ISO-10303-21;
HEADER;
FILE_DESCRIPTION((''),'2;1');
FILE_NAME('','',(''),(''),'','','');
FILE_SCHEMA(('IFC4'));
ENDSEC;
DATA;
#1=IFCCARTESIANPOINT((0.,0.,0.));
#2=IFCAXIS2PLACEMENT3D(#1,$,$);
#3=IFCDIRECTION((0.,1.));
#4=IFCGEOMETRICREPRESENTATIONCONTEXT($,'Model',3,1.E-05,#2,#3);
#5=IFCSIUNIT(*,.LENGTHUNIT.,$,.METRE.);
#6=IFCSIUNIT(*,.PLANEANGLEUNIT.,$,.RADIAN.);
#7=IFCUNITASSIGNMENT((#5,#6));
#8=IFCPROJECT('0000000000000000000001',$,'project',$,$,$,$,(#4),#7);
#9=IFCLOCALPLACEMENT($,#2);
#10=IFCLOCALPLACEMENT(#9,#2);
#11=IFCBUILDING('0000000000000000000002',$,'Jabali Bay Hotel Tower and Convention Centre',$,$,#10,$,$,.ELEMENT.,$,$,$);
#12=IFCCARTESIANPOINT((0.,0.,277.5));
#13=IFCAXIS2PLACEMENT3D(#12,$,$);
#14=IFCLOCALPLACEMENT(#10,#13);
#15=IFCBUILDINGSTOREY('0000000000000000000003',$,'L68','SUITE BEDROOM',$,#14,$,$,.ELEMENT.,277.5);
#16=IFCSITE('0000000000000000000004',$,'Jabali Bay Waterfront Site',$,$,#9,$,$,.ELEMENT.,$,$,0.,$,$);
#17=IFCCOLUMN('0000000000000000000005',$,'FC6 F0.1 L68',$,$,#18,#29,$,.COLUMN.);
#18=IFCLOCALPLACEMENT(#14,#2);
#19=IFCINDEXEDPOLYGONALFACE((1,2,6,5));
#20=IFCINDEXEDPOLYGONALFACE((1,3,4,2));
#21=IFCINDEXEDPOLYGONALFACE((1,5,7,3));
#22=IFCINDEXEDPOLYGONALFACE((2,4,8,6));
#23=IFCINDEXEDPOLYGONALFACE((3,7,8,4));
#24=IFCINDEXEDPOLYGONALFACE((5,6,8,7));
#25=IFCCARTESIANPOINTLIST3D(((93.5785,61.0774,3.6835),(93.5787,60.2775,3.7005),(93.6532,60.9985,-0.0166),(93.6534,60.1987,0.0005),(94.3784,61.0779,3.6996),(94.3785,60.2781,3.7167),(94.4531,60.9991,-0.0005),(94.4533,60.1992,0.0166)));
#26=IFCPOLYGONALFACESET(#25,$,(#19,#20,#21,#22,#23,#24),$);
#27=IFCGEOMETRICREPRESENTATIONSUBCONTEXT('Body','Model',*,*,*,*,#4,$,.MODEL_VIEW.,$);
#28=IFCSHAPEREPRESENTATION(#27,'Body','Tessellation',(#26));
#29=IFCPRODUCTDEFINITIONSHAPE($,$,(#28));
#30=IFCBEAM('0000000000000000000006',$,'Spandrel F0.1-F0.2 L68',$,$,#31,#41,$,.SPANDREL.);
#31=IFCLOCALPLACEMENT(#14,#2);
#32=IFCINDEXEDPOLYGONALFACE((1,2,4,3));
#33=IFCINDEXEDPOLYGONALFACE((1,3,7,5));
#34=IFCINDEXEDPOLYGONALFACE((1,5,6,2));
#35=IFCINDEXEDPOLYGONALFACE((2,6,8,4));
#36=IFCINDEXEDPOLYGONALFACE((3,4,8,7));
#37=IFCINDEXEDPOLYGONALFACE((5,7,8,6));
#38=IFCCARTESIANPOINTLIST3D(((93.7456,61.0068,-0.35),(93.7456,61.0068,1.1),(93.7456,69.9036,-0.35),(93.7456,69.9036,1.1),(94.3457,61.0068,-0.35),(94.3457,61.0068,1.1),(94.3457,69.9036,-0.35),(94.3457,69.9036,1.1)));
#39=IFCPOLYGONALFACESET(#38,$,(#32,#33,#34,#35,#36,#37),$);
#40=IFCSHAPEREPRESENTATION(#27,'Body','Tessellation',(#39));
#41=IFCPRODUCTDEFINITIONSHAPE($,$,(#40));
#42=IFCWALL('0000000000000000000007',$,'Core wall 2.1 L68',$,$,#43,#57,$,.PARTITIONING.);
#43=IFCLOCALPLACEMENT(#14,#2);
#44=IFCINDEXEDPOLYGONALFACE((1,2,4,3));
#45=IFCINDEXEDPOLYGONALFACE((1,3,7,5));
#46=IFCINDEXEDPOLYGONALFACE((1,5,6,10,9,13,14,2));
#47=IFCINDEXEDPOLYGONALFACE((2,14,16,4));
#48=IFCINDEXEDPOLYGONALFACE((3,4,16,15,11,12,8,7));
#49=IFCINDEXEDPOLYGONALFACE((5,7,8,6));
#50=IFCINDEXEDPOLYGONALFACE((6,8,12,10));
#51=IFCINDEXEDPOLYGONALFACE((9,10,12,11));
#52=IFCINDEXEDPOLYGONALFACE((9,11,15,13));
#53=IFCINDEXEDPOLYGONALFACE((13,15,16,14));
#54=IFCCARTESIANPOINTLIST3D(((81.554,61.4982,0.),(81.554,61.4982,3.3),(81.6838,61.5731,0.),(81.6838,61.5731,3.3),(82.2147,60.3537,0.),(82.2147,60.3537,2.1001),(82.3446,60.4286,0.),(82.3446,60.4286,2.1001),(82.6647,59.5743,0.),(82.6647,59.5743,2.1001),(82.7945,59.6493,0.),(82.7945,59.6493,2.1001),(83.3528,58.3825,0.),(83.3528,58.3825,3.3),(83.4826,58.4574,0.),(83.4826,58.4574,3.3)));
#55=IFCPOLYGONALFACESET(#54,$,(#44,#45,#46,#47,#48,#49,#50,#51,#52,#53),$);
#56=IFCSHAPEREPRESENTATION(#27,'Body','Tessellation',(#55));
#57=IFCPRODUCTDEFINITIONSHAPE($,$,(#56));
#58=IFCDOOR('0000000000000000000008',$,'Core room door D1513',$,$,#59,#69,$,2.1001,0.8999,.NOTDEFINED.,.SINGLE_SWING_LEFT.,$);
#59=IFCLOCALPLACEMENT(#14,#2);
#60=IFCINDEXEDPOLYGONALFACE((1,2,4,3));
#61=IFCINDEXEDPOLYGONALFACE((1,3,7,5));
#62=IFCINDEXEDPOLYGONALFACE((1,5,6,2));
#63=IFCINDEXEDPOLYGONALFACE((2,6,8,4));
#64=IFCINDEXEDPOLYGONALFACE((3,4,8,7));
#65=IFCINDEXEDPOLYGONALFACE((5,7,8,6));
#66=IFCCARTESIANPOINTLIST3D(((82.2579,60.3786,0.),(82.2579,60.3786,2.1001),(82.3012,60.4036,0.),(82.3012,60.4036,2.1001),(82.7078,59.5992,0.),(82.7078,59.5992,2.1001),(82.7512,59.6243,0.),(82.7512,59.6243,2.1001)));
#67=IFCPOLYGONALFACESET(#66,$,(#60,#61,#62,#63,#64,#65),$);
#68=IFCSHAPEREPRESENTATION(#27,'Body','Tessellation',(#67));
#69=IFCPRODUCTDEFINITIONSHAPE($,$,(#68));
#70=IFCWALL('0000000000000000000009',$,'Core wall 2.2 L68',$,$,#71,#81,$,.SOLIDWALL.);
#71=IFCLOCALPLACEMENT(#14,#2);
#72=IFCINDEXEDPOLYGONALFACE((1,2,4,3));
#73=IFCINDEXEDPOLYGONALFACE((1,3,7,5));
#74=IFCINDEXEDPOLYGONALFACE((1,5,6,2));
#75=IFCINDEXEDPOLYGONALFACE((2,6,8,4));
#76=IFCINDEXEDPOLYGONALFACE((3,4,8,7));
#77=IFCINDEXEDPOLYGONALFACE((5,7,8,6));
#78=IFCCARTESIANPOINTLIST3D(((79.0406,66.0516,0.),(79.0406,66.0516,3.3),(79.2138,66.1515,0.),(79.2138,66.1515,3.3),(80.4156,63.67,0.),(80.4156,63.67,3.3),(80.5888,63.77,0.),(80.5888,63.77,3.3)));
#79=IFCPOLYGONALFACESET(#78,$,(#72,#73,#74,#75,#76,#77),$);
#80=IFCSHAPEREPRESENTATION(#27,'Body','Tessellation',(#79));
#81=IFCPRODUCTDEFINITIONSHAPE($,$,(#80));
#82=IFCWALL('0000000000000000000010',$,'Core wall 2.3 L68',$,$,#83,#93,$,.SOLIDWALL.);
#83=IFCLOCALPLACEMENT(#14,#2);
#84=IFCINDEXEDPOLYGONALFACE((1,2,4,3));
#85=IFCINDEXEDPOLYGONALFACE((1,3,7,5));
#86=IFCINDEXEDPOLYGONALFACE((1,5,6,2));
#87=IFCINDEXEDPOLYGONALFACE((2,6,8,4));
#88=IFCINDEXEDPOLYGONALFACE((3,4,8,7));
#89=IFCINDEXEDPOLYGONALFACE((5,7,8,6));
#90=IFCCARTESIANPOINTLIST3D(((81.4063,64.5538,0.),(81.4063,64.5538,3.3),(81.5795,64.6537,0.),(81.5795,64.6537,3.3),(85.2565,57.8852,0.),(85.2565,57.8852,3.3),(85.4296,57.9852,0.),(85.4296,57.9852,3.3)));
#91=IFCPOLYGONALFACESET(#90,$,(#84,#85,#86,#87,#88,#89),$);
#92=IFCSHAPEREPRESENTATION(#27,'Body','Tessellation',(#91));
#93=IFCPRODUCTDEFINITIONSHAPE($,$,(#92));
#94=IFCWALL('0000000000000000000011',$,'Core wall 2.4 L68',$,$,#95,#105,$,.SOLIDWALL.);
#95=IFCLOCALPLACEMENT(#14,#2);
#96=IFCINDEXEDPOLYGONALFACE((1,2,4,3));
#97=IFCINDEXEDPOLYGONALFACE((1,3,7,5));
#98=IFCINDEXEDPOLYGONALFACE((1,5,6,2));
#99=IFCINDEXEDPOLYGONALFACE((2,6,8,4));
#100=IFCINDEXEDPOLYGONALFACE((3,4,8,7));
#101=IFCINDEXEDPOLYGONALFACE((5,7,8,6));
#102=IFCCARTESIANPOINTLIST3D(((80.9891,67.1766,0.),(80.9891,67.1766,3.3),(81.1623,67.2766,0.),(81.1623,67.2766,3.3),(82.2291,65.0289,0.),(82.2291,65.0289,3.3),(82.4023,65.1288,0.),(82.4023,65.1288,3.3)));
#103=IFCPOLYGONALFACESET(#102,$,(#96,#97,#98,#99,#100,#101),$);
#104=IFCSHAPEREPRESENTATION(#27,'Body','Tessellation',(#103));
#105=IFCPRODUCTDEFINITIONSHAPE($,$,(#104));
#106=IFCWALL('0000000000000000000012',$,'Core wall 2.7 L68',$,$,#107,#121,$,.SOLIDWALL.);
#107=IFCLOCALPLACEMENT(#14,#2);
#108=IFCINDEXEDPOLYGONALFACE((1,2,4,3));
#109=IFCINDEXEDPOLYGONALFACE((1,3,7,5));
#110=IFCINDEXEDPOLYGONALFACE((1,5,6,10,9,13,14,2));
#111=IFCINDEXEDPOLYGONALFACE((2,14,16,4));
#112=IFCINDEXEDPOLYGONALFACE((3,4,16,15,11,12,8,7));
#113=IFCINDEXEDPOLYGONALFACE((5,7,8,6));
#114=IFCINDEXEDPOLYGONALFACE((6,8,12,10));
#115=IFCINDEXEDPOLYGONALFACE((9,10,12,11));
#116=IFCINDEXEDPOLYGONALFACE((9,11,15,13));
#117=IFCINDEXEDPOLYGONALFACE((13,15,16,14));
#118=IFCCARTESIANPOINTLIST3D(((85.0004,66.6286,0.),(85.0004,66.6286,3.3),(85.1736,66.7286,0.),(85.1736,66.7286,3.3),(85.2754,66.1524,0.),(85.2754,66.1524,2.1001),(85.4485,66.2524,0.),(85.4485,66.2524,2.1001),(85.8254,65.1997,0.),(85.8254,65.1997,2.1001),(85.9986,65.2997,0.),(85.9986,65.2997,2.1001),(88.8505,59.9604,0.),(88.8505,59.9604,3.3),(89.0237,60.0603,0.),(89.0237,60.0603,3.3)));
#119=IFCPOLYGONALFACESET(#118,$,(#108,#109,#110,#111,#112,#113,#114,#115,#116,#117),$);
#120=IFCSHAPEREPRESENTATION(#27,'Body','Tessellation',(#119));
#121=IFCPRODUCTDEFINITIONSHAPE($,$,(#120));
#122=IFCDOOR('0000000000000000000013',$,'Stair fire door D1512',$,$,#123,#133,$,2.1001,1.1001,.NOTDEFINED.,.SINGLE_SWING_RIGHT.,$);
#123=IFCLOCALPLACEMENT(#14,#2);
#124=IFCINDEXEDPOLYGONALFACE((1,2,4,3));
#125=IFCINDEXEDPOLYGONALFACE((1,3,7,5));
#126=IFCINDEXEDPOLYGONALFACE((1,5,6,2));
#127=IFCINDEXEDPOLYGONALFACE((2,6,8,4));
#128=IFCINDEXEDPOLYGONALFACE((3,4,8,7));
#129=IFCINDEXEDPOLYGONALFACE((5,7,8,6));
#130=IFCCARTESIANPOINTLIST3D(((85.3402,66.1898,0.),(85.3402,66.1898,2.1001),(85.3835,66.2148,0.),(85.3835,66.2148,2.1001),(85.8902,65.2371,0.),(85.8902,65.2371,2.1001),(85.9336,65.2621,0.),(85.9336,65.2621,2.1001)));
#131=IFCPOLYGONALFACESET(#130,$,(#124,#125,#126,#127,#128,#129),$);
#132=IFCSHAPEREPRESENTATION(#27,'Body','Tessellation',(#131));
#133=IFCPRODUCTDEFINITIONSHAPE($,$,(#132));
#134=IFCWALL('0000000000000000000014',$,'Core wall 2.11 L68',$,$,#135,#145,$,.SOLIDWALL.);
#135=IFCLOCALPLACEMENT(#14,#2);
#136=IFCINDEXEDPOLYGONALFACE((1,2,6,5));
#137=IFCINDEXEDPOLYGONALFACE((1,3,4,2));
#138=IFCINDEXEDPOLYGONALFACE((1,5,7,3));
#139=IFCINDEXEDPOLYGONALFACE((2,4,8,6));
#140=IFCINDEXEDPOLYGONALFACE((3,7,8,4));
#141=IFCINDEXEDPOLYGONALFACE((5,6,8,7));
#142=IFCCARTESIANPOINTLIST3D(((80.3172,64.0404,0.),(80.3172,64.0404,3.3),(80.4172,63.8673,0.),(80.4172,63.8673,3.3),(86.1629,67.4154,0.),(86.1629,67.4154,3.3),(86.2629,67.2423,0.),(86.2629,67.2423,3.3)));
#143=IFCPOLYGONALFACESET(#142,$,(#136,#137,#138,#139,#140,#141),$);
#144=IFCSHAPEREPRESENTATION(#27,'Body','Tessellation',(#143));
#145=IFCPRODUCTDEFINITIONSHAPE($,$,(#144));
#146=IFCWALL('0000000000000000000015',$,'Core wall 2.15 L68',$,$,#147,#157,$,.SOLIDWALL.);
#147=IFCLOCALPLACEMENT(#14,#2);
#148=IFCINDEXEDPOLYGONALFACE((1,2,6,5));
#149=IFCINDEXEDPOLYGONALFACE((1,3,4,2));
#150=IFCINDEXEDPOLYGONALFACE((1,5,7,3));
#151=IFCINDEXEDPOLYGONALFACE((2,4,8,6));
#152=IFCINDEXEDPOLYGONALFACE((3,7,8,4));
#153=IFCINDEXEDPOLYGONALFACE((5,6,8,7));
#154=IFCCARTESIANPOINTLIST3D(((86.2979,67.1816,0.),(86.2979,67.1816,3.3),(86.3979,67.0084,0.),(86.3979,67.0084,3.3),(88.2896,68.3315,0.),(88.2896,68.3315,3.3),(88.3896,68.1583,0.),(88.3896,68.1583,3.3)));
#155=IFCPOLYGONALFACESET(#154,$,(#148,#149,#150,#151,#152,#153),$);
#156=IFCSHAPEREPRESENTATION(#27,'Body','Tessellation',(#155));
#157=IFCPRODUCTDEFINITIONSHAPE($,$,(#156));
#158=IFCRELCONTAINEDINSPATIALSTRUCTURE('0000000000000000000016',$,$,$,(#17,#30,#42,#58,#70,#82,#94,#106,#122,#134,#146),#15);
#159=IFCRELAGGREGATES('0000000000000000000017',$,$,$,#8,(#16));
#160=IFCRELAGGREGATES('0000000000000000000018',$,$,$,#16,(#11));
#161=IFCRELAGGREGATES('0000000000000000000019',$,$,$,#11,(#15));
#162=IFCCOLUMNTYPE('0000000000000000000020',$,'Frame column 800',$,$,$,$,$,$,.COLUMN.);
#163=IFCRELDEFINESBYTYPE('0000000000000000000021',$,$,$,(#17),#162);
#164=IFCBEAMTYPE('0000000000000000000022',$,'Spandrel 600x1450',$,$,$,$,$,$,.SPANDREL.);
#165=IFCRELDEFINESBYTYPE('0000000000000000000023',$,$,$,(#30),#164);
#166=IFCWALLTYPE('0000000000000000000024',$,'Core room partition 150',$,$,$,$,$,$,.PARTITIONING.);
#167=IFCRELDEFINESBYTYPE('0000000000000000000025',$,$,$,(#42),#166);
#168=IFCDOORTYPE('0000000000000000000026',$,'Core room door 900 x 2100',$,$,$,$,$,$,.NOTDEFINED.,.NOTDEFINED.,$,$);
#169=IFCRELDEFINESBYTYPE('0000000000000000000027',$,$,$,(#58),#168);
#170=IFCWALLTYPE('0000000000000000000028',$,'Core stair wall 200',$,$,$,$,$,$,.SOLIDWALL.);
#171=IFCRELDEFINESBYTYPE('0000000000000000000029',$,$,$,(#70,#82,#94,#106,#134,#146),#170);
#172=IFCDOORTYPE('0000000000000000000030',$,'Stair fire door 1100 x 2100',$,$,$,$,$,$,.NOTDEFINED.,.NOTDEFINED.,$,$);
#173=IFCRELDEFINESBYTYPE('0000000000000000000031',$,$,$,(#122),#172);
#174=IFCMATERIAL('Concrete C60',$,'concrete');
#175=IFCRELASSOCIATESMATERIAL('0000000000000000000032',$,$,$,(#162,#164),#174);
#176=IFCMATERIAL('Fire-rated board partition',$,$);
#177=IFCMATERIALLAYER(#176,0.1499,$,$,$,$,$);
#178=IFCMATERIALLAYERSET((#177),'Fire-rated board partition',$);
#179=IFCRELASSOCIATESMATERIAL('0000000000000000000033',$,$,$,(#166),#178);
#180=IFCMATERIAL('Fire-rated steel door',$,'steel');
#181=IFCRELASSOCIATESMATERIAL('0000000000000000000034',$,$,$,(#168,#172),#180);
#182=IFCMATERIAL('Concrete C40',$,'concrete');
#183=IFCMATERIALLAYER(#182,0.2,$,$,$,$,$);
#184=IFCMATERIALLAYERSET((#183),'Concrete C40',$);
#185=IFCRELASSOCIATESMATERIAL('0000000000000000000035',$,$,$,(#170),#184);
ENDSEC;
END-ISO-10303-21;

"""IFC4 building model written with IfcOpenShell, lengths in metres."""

from ifc_helpers import new_model, si_unit, direction, frame, frame_2d, origin, origin_2d, place, context, subcontext, project, spatial, rectangle, extrude, material, layer, layer_set, material_profile, profile_set, type_object, element, fill, save


model = new_model("IFC4")

# Units and contexts
model_context = context("Model", 3, precision=1e-05, world=origin(), true_north=direction((0.0, 1.0)))
body_context = subcontext(model_context, "Body", "Model", "MODEL_VIEW")
ifc_project = project(units=[si_unit("LENGTHUNIT", "METRE"), si_unit("PLANEANGLEUNIT", "RADIAN")], contexts=[model_context])

# Site, building, storey
site_placement = place(None, origin())
site = spatial("IfcSite", under=ifc_project, at=site_placement, Name="Jabali Bay Waterfront Site", CompositionType="ELEMENT", RefElevation=0.0)
building_placement = place(site_placement, origin())
building = spatial("IfcBuilding", under=site, at=building_placement, Name="Jabali Bay Hotel Tower and Convention Centre", CompositionType="ELEMENT")
storey_placement = place(building_placement, frame((0.0, 0.0, 277.5)))
storey = spatial("IfcBuildingStorey", under=building, at=storey_placement, Name="L68", Description="SUITE BEDROOM", CompositionType="ELEMENT", Elevation=277.5)

# Column
ifc_material_1 = material(Name="Concrete C60", Category="concrete")
ifc_material_profile_1 = material_profile(ifc_material_1, rectangle(XDim=0.8, YDim=0.8, at=origin_2d()), Name="Frame column 800")
ifc_profile_set_1 = profile_set([ifc_material_profile_1], Name="Concrete C60")
column_type = type_object("IfcColumnType", Name="Frame column 800", PredefinedType="COLUMN", material=ifc_profile_set_1)
column_placement = place(storey_placement, frame((94.0532, 60.5989, 0.0), z_axis=(-0.020183, 0.021304, 0.999569), x_axis=(0.000222, -0.999773, 0.021313)))
element("IfcColumn", 1, at=column_placement, inside=storey, type_object=column_type, Name="FC6 F0.1 L68", PredefinedType="COLUMN", context=body_context, shape_type="SweptSolid", body=[
    extrude(rectangle(XDim=0.8, YDim=0.8, at=origin_2d()), origin(), (0.0, 0.0, 1.0), 3.7017),
])

# Beam
ifc_material_profile_2 = material_profile(ifc_material_1, rectangle(XDim=0.6001, YDim=1.45, at=origin_2d()), Name="Spandrel 600x1450")
ifc_profile_set_2 = profile_set([ifc_material_profile_2], Name="Concrete C60")
beam_type = type_object("IfcBeamType", Name="Spandrel 600x1450", PredefinedType="SPANDREL", material=ifc_profile_set_2)
beam_placement = place(storey_placement, frame((94.0457, 61.0068, 0.375), z_axis=(0.0, 1.0, 0.0), x_axis=(-1.0, 0.0, 0.0)))
element("IfcBeam", 2, at=beam_placement, inside=storey, type_object=beam_type, Name="Spandrel F0.1-F0.2 L68", PredefinedType="SPANDREL", context=body_context, shape_type="SweptSolid", body=[
    extrude(rectangle(XDim=0.6001, YDim=1.45, at=origin_2d()), origin(), (0.0, 0.0, 1.0), 8.8967),
])

# Wall, opening, door
ifc_material_2 = material(Name="Fire-rated board partition")
ifc_layer_1 = layer(ifc_material_2, 0.1499)
ifc_layer_set_1 = layer_set([ifc_layer_1], Name="Fire-rated board partition")
wall_type_1 = type_object("IfcWallType", Name="Core room partition 150", PredefinedType="PARTITIONING", material=ifc_layer_set_1)
wall_1_placement = place(storey_placement, frame((81.6189, 61.5356, 0.0), z_axis=(0.0, 0.0, 1.0), x_axis=(0.499993, -0.86603, 0.0)))
wall_1 = element("IfcWall", 3, at=wall_1_placement, inside=storey, type_object=wall_type_1, Name="Core wall 2.1 L68", PredefinedType="PARTITIONING", context=body_context, shape_type="SweptSolid", body=[
    extrude(rectangle(XDim=3.5977, YDim=0.1499, at=frame_2d((1.7988, 0.0))), origin(), (0.0, 0.0, 1.0), 3.3),
])
opening_1_placement = place(wall_1_placement, frame((1.3215, 0.0, 0.0)))
opening_1 = element("IfcOpeningElement", 4, at=opening_1_placement, cuts=wall_1, PredefinedType="OPENING", context=body_context, shape_type="SweptSolid", body=[
    extrude(rectangle(XDim=0.8999, YDim=2.1001, at=frame_2d((0.45, 1.05))), frame((0.0, 0.0854, 0.0), z_axis=(0.0, -1.0, 0.0), x_axis=(1.0, 0.0, 0.0)), (0.0, 0.0, 1.0), 0.1709),
])
ifc_material_3 = material(Name="Fire-rated steel door", Category="steel")
door_type_1 = type_object("IfcDoorType", Name="Core room door 900 x 2100", OperationType="NOTDEFINED", PredefinedType="NOTDEFINED", material=ifc_material_3)
door_1_placement = place(opening_1_placement, origin())
door_1 = element("IfcDoor", 5, at=door_1_placement, inside=storey, type_object=door_type_1, Name="Core room door D1513", OperationType="SINGLE_SWING_LEFT", OverallHeight=2.1001, OverallWidth=0.8999, PredefinedType="NOTDEFINED", context=body_context, shape_type="SweptSolid", body=[
    extrude(rectangle(XDim=0.8999, YDim=2.1001, at=frame_2d((0.45, 1.05))), frame((0.0, 0.0249, 0.0), z_axis=(0.0, -1.0, 0.0), x_axis=(1.0, 0.0, 0.0)), (0.0, 0.0, 1.0), 0.05),
])
fill(opening_1, door_1)

# Walls
ifc_material_4 = material(Name="Concrete C40", Category="concrete")
ifc_layer_2 = layer(ifc_material_4, 0.2)
ifc_layer_set_2 = layer_set([ifc_layer_2], Name="Concrete C40")
wall_type_2 = type_object("IfcWallType", Name="Core stair wall 200", PredefinedType="SOLIDWALL", material=ifc_layer_set_2)
wall_2_placement = place(storey_placement, frame((79.1272, 66.1016, 0.0), z_axis=(0.0, 0.0, 1.0), x_axis=(0.499997, -0.866027, 0.0)))
element("IfcWall", 6, at=wall_2_placement, inside=storey, type_object=wall_type_2, Name="Core wall 2.2 L68", PredefinedType="SOLIDWALL", context=body_context, shape_type="SweptSolid", body=[
    extrude(rectangle(XDim=2.75, YDim=0.2, at=frame_2d((1.375, 0.0))), origin(), (0.0, 0.0, 1.0), 3.3),
])
wall_3_placement = place(storey_placement, frame((81.4929, 64.6038, 0.0), z_axis=(0.0, 0.0, 1.0), x_axis=(0.500006, -0.866022, 0.0)))
element("IfcWall", 7, at=wall_3_placement, inside=storey, type_object=wall_type_2, Name="Core wall 2.3 L68", PredefinedType="SOLIDWALL", context=body_context, shape_type="SweptSolid", body=[
    extrude(rectangle(XDim=7.7002, YDim=0.2, at=frame_2d((3.8501, 0.0))), origin(), (0.0, 0.0, 1.0), 3.3),
])
wall_4_placement = place(storey_placement, frame((81.0757, 67.2266, 0.0), z_axis=(0.0, 0.0, 1.0), x_axis=(0.500004, -0.866023, 0.0)))
element("IfcWall", 8, at=wall_4_placement, inside=storey, type_object=wall_type_2, Name="Core wall 2.4 L68", PredefinedType="SOLIDWALL", context=body_context, shape_type="SweptSolid", body=[
    extrude(rectangle(XDim=2.48, YDim=0.2, at=frame_2d((1.24, 0.0))), origin(), (0.0, 0.0, 1.0), 3.3),
])

# Wall, opening, door
wall_5_placement = place(storey_placement, frame((85.0869, 66.6787, 0.0), z_axis=(0.0, 0.0, 1.0), x_axis=(0.50002, -0.866014, 0.0)))
wall_5 = element("IfcWall", 9, at=wall_5_placement, inside=storey, type_object=wall_type_2, Name="Core wall 2.7 L68", PredefinedType="SOLIDWALL", context=body_context, shape_type="SweptSolid", body=[
    extrude(rectangle(XDim=7.7, YDim=0.2, at=frame_2d((3.8501, 0.0))), origin(), (0.0, 0.0, 1.0), 3.3),
])
opening_2_placement = place(wall_5_placement, frame((0.55, 0.0, 0.0)))
opening_2 = element("IfcOpeningElement", 10, at=opening_2_placement, cuts=wall_5, PredefinedType="OPENING", context=body_context, shape_type="SweptSolid", body=[
    extrude(rectangle(XDim=1.1001, YDim=2.1001, at=frame_2d((0.55, 1.05))), frame((0.0, 0.1104, 0.0), z_axis=(0.0, -1.0, 0.0), x_axis=(1.0, 0.0, 0.0)), (0.0, 0.0, 1.0), 0.2209),
])
door_type_2 = type_object("IfcDoorType", Name="Stair fire door 1100 x 2100", OperationType="NOTDEFINED", PredefinedType="NOTDEFINED", material=ifc_material_3)
door_2_placement = place(opening_2_placement, origin())
door_2 = element("IfcDoor", 11, at=door_2_placement, inside=storey, type_object=door_type_2, Name="Stair fire door D1512", OperationType="SINGLE_SWING_RIGHT", OverallHeight=2.1001, OverallWidth=1.1001, PredefinedType="NOTDEFINED", context=body_context, shape_type="SweptSolid", body=[
    extrude(rectangle(XDim=1.1001, YDim=2.1001, at=frame_2d((0.55, 1.05))), frame((0.0, 0.0249, 0.0), z_axis=(0.0, -1.0, 0.0), x_axis=(1.0, 0.0, 0.0)), (0.0, 0.0, 1.0), 0.05),
])
fill(opening_2, door_2)

# Walls
wall_6_placement = place(storey_placement, frame((80.3672, 63.9539, 0.0), z_axis=(0.0, 0.0, 1.0), x_axis=(0.866027, 0.499998, 0.0)))
element("IfcWall", 12, at=wall_6_placement, inside=storey, type_object=wall_type_2, Name="Core wall 2.11 L68", PredefinedType="SOLIDWALL", context=body_context, shape_type="SweptSolid", body=[
    extrude(rectangle(XDim=6.75, YDim=0.2, at=frame_2d((3.375, 0.0))), origin(), (0.0, 0.0, 1.0), 3.3),
])
wall_7_placement = place(storey_placement, frame((86.3479, 67.095, 0.0), z_axis=(0.0, 0.0, 1.0), x_axis=(0.866026, 0.499998, 0.0)))
element("IfcWall", 13, at=wall_7_placement, inside=storey, type_object=wall_type_2, Name="Core wall 2.15 L68", PredefinedType="SOLIDWALL", context=body_context, shape_type="SweptSolid", body=[
    extrude(rectangle(XDim=2.2998, YDim=0.2, at=frame_2d((1.1499, 0.0))), origin(), (0.0, 0.0, 1.0), 3.3),
])

save(model, "model.ifc")
